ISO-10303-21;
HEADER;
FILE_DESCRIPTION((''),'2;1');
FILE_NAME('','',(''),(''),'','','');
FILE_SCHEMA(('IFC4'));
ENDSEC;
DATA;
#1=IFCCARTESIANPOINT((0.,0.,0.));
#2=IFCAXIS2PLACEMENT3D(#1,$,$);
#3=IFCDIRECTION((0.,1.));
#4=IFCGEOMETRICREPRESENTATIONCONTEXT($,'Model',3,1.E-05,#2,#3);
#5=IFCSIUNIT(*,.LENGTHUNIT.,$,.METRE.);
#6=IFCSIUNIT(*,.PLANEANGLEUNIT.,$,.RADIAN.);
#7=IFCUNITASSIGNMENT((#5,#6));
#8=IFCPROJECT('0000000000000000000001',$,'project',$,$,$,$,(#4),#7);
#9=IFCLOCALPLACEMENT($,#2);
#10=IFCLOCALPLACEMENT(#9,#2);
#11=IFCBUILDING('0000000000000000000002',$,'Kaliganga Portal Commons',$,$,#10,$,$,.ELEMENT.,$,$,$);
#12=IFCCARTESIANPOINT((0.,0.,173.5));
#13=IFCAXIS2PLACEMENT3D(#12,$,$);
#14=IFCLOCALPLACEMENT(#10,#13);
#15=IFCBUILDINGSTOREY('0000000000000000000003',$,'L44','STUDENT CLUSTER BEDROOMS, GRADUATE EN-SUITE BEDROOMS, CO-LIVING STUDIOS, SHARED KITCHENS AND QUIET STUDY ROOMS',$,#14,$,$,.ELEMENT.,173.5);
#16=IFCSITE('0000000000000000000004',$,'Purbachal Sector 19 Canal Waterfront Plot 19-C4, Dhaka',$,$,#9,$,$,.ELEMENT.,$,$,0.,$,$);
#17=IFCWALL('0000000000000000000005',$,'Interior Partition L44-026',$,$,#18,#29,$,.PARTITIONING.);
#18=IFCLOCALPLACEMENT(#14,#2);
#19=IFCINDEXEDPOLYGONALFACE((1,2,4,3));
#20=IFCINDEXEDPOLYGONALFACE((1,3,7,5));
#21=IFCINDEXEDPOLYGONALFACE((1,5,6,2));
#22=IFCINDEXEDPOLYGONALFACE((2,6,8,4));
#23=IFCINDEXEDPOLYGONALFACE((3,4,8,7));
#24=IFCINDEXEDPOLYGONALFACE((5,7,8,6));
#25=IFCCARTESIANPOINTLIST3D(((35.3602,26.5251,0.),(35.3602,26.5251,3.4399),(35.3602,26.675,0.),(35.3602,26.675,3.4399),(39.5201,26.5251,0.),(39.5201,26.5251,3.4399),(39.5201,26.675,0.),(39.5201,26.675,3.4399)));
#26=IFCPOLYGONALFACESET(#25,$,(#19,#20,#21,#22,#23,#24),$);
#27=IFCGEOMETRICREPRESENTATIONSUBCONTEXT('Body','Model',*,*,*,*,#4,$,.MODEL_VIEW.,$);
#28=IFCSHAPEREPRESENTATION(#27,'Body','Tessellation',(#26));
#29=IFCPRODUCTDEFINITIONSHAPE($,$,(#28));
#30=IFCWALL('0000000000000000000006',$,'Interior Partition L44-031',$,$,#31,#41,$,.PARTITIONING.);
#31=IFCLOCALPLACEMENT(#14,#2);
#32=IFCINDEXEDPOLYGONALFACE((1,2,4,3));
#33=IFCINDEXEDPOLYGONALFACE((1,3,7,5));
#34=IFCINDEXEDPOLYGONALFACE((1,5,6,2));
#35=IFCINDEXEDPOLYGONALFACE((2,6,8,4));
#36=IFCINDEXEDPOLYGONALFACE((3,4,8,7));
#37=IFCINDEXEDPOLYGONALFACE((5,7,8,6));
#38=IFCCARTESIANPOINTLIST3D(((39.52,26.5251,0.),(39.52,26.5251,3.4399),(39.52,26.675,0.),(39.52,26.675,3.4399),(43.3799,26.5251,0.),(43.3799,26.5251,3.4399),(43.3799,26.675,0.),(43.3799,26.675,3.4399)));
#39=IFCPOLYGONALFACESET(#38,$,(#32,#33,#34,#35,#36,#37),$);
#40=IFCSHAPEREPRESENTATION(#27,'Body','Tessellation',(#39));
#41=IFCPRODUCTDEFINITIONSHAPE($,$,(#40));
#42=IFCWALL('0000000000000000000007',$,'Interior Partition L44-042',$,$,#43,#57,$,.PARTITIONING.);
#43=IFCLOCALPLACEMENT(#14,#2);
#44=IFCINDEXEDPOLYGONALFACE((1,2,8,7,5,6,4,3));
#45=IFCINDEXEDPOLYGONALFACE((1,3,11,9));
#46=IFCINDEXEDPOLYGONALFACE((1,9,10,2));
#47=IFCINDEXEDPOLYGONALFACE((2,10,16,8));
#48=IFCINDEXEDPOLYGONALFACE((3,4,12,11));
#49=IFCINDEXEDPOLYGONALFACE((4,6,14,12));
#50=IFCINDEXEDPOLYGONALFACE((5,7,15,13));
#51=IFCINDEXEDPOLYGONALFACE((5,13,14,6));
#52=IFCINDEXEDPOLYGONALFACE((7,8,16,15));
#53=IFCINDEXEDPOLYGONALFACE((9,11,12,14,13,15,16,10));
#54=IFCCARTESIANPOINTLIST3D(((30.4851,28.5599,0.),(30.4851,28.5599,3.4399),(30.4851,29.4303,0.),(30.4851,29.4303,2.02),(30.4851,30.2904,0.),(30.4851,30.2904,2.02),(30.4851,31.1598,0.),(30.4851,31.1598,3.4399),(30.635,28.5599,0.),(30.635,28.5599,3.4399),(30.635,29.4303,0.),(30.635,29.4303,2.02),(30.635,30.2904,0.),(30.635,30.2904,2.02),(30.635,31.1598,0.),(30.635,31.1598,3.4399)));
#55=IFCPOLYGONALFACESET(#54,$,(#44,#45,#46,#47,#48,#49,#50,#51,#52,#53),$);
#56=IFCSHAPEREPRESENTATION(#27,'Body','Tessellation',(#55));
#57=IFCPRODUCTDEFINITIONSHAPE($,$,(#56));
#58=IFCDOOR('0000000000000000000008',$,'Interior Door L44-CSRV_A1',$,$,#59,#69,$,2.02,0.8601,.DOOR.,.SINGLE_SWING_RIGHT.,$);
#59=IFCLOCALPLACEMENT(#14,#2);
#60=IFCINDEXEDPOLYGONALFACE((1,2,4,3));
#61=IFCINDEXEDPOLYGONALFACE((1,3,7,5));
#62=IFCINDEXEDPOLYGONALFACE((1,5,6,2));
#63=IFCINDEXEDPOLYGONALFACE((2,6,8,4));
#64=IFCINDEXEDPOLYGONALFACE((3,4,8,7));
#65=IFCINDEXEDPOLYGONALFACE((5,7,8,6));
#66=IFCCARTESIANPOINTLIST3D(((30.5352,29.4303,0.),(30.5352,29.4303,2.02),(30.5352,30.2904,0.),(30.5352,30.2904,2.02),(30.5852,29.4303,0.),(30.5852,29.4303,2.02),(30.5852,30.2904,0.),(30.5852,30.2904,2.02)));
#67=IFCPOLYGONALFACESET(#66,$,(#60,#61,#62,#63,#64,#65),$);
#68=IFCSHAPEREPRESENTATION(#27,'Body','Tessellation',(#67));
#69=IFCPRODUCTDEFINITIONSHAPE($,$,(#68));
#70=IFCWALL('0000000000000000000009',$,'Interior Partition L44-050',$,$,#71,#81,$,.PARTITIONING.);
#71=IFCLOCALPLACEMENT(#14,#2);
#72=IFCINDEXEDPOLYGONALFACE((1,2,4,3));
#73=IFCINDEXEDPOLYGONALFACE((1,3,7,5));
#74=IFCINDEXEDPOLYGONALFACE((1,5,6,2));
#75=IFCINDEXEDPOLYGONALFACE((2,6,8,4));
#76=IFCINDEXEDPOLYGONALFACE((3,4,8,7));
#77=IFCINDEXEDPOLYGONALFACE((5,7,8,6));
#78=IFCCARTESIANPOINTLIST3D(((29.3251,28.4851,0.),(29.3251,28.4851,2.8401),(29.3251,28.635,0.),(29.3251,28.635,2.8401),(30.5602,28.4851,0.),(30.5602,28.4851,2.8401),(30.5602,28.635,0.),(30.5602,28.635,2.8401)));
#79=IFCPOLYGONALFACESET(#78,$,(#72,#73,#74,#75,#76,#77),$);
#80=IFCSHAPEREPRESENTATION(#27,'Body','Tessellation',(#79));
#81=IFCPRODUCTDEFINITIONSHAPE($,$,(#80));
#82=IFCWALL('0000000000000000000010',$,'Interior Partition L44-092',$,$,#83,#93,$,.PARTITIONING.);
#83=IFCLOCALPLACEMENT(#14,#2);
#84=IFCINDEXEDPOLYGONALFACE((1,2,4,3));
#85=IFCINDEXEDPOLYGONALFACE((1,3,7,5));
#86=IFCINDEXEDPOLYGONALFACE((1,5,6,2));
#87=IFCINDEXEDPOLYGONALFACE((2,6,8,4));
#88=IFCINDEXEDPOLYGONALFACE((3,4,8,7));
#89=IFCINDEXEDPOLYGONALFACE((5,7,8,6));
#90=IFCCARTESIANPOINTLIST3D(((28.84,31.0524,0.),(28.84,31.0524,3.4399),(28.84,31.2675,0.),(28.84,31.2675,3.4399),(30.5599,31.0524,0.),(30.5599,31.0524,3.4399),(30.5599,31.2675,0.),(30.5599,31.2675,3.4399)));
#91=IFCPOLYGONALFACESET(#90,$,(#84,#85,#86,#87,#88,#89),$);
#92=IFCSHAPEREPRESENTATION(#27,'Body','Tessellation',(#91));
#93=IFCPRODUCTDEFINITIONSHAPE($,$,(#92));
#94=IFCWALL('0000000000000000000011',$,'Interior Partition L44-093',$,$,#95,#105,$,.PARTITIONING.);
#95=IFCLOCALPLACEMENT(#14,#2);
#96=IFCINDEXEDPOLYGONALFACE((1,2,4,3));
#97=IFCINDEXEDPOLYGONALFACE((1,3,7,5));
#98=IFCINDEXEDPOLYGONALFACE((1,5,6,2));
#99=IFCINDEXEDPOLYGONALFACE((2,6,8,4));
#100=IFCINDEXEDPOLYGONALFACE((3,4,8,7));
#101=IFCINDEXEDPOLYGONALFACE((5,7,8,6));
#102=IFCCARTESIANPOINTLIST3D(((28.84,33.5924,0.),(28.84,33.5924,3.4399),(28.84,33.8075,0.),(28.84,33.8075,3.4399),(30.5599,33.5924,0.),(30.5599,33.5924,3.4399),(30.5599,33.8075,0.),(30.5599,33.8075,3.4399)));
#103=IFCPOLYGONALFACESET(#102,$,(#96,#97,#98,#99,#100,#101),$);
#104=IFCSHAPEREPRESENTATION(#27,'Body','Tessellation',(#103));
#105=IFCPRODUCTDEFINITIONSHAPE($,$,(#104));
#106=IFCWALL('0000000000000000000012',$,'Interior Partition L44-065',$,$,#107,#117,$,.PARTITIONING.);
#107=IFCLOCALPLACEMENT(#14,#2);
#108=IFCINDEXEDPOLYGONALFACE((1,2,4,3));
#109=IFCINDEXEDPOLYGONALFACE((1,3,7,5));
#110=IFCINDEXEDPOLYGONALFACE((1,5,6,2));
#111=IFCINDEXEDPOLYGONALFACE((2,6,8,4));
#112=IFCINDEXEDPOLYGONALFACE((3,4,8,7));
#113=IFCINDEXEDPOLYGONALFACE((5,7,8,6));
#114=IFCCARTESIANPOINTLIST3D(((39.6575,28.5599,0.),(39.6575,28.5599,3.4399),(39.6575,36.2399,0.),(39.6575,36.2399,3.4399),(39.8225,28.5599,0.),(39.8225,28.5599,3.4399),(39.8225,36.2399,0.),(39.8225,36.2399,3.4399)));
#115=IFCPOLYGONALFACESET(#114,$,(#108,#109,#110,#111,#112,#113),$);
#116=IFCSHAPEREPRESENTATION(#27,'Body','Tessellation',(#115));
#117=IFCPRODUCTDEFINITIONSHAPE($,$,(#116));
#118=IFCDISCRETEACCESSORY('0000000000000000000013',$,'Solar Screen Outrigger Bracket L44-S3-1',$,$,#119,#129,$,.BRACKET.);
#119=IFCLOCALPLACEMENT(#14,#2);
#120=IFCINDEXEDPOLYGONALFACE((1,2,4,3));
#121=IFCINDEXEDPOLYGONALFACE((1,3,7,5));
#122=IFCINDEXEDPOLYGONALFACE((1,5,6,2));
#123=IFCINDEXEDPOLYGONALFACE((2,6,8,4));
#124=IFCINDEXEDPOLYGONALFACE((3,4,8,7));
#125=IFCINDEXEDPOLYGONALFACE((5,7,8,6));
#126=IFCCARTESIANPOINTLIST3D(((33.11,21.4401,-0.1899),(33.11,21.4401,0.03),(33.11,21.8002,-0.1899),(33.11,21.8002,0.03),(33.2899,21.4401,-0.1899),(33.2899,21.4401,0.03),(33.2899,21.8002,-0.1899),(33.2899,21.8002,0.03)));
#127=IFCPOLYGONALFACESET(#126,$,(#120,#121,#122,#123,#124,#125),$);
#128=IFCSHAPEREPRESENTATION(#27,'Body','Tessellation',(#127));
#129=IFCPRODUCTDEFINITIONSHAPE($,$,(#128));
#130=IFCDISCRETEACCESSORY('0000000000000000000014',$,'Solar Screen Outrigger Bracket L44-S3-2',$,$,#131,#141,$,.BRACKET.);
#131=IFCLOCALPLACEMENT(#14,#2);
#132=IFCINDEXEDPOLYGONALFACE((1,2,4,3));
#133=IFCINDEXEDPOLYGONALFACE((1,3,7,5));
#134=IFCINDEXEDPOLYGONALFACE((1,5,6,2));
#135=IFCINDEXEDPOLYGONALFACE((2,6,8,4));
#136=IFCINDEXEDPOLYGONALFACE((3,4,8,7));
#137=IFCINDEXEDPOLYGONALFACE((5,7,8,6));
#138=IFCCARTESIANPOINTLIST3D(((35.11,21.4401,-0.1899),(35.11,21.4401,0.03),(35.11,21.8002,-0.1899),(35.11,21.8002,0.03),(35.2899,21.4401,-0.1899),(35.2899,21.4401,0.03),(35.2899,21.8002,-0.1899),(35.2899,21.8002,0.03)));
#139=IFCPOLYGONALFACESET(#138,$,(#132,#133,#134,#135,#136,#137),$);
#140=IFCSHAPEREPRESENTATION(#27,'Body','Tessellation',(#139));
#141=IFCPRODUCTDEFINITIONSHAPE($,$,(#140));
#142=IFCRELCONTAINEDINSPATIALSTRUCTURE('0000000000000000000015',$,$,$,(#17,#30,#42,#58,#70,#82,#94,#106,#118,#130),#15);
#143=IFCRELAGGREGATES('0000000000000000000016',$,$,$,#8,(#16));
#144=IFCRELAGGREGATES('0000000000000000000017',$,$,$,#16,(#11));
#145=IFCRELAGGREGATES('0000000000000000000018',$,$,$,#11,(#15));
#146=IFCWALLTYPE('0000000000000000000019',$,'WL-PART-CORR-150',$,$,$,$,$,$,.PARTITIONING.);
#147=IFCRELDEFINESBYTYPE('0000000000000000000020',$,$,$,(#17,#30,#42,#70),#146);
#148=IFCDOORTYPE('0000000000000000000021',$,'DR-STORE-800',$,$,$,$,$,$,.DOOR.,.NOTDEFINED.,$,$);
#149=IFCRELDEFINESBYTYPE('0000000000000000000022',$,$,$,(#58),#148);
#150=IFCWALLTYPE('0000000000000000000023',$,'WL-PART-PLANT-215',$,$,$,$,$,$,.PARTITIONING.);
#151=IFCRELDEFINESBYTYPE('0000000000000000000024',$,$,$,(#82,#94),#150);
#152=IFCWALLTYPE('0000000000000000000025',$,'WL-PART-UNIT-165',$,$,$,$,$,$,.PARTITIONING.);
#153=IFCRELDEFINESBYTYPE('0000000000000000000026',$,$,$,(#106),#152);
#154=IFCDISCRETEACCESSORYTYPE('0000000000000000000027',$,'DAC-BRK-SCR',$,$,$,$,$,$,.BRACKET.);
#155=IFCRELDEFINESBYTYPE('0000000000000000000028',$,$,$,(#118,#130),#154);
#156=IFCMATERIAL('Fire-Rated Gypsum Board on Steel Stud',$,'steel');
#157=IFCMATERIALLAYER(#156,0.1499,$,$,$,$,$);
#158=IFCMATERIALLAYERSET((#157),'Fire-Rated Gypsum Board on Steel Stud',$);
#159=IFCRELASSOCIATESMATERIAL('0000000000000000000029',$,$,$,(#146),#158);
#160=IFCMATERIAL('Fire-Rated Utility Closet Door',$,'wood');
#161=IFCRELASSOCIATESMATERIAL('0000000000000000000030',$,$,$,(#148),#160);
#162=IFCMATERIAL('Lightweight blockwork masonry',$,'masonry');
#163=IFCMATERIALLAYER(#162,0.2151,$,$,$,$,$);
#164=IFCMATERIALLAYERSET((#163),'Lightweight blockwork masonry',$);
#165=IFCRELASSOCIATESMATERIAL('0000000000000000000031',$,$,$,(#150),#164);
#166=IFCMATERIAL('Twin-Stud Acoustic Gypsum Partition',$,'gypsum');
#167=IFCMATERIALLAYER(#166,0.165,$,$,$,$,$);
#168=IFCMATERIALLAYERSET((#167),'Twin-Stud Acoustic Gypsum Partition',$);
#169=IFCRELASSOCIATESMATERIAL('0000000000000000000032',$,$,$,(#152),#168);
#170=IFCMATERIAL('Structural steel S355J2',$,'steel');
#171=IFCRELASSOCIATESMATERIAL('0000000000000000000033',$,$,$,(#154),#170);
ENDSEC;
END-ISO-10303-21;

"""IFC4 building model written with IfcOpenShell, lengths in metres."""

from ifc_helpers import new_model, si_unit, direction, frame, frame_2d, origin, origin_2d, place, context, subcontext, project, spatial, rectangle, extrude, source, transform, mapped, material, layer, layer_set, type_object, element, fill, save


model = new_model("IFC4")

# Units and contexts
model_context = context("Model", 3, precision=1e-05, world=origin(), true_north=direction((0.0, 1.0)))
body_context = subcontext(model_context, "Body", "Model", "MODEL_VIEW")
ifc_project = project(units=[si_unit("LENGTHUNIT", "METRE"), si_unit("PLANEANGLEUNIT", "RADIAN")], contexts=[model_context])

# Site, building, storey
site_placement = place(None, origin())
site = spatial("IfcSite", under=ifc_project, at=site_placement, Name="Purbachal Sector 19 Canal Waterfront Plot 19-C4, Dhaka", CompositionType="ELEMENT", RefElevation=0.0)
building_placement = place(site_placement, origin())
building = spatial("IfcBuilding", under=site, at=building_placement, Name="Kaliganga Portal Commons", CompositionType="ELEMENT")
storey_placement = place(building_placement, frame((0.0, 0.0, 173.5)))
storey = spatial("IfcBuildingStorey", under=building, at=storey_placement, Name="L44", Description="STUDENT CLUSTER BEDROOMS, GRADUATE EN-SUITE BEDROOMS, CO-LIVING STUDIOS, SHARED KITCHENS AND QUIET STUDY ROOMS", CompositionType="ELEMENT", Elevation=173.5)

# Shared definitions
ifc_material_1 = material(Name="Structural steel S355J2", Category="steel")

# Shared definitions
ifc_material_2 = material(Name="Fire-Rated Gypsum Board on Steel Stud", Category="steel")
ifc_layer_1 = layer(ifc_material_2, 0.1499)
ifc_layer_set_1 = layer_set([ifc_layer_1], Name="Fire-Rated Gypsum Board on Steel Stud")
wall_type_1 = type_object("IfcWallType", Name="WL-PART-CORR-150", PredefinedType="PARTITIONING", material=ifc_layer_set_1)

# Wall
wall_1_placement = place(storey_placement, frame((35.3601, 26.6001, 0.0), z_axis=(0.0, 0.0, 1.0), x_axis=(1.0, 0.0, 0.0)))
element("IfcWall", 1, at=wall_1_placement, inside=storey, type_object=wall_type_1, Name="Interior Partition L44-026", PredefinedType="PARTITIONING", context=body_context, shape_type="SweptSolid", body=[
    extrude(rectangle(XDim=4.1599, YDim=0.1499, at=frame_2d((2.0801, 0.0))), origin(), (0.0, 0.0, 1.0), 3.4399),
])

# Wall
wall_2_placement = place(storey_placement, frame((39.52, 26.6001, 0.0), z_axis=(0.0, 0.0, 1.0), x_axis=(1.0, 0.0, 0.0)))
element("IfcWall", 2, at=wall_2_placement, inside=storey, type_object=wall_type_1, Name="Interior Partition L44-031", PredefinedType="PARTITIONING", context=body_context, shape_type="SweptSolid", body=[
    extrude(rectangle(XDim=3.8599, YDim=0.1499, at=frame_2d((1.9299, 0.0))), origin(), (0.0, 0.0, 1.0), 3.4399),
])

# Wall, opening, door
wall_3_placement = place(storey_placement, frame((30.5601, 28.5601, 0.0), z_axis=(0.0, 0.0, 1.0), x_axis=(0.0, 1.0, 0.0)))
wall_3 = element("IfcWall", 3, at=wall_3_placement, inside=storey, type_object=wall_type_1, Name="Interior Partition L44-042", PredefinedType="PARTITIONING", context=body_context, shape_type="SweptSolid", body=[
    extrude(rectangle(XDim=2.5999, YDim=0.1499, at=frame_2d((1.2998, 0.0))), origin(), (0.0, 0.0, 1.0), 3.4399),
])
opening_1_placement = place(wall_3_placement, frame((0.8701, 0.0, 0.0)))
opening_1 = element("IfcOpeningElement", 4, at=opening_1_placement, cuts=wall_3, PredefinedType="OPENING", context=body_context, shape_type="SweptSolid", body=[
    extrude(rectangle(XDim=0.8601, YDim=2.02, at=frame_2d((0.4302, 1.01))), frame((0.0, 0.085, 0.0), z_axis=(0.0, -1.0, 0.0), x_axis=(1.0, 0.0, 0.0)), (0.0, 0.0, 1.0), 0.1699),
])
ifc_material_3 = material(Name="Fire-Rated Utility Closet Door", Category="wood")
door_type_1 = type_object("IfcDoorType", Name="DR-STORE-800", OperationType="NOTDEFINED", PredefinedType="DOOR", material=ifc_material_3)
door_1_placement = place(opening_1_placement, origin())
door_1 = element("IfcDoor", 5, at=door_1_placement, inside=storey, type_object=door_type_1, Name="Interior Door L44-CSRV_A1", OperationType="SINGLE_SWING_RIGHT", OverallHeight=2.02, OverallWidth=0.8601, PredefinedType="DOOR", context=body_context, shape_type="SweptSolid", body=[
    extrude(rectangle(XDim=0.8601, YDim=2.02, at=frame_2d((0.4302, 1.01))), frame((0.0, 0.0249, 0.0), z_axis=(0.0, -1.0, 0.0), x_axis=(1.0, 0.0, 0.0)), (0.0, 0.0, 1.0), 0.05),
])
fill(opening_1, door_1)

# Wall
wall_4_placement = place(storey_placement, frame((29.325, 28.5601, 0.0), z_axis=(0.0, 0.0, 1.0), x_axis=(1.0, 0.0, 0.0)))
element("IfcWall", 6, at=wall_4_placement, inside=storey, type_object=wall_type_1, Name="Interior Partition L44-050", PredefinedType="PARTITIONING", context=body_context, shape_type="SweptSolid", body=[
    extrude(rectangle(XDim=1.2351, YDim=0.1499, at=frame_2d((0.6177, 0.0))), origin(), (0.0, 0.0, 1.0), 2.8401),
])

# Shared definitions
ifc_material_4 = material(Name="Lightweight blockwork masonry", Category="masonry")
ifc_layer_2 = layer(ifc_material_4, 0.2151)
ifc_layer_set_2 = layer_set([ifc_layer_2], Name="Lightweight blockwork masonry")
wall_type_2 = type_object("IfcWallType", Name="WL-PART-PLANT-215", PredefinedType="PARTITIONING", material=ifc_layer_set_2)

# Walls
for number, where, z_axis, x_axis, name in (
    (7, (28.8401, 31.1599, 0.0), (0.0, 0.0, 1.0), (1.0, 0.0, 0.0), "Interior Partition L44-092"),
    (8, (28.8401, 33.7, 0.0), (0.0, 0.0, 1.0), (1.0, 0.0, 0.0), "Interior Partition L44-093"),
):
    element("IfcWall", number, at=place(storey_placement, frame(where, z_axis=z_axis, x_axis=x_axis)), inside=storey, type_object=wall_type_2, Name=name, PredefinedType="PARTITIONING", context=body_context, shape_type="SweptSolid", body=[
        extrude(rectangle(XDim=1.72, YDim=0.2151, at=frame_2d((0.8599, 0.0))), origin(), (0.0, 0.0, 1.0), 3.4399),
    ])
ifc_material_5 = material(Name="Twin-Stud Acoustic Gypsum Partition", Category="gypsum")
ifc_layer_3 = layer(ifc_material_5, 0.165)
ifc_layer_set_3 = layer_set([ifc_layer_3], Name="Twin-Stud Acoustic Gypsum Partition")
wall_type_3 = type_object("IfcWallType", Name="WL-PART-UNIT-165", PredefinedType="PARTITIONING", material=ifc_layer_set_3)
wall_5_placement = place(storey_placement, frame((39.74, 28.5601, 0.0), z_axis=(0.0, 0.0, 1.0), x_axis=(0.0, 1.0, 0.0)))
element("IfcWall", 9, at=wall_5_placement, inside=storey, type_object=wall_type_3, Name="Interior Partition L44-065", PredefinedType="PARTITIONING", context=body_context, shape_type="SweptSolid", body=[
    extrude(rectangle(XDim=7.6799, YDim=0.165, at=frame_2d((3.8398, 0.0))), origin(), (0.0, 0.0, 1.0), 3.4399),
])

# Discrete accessories
discrete_accessory_type = type_object("IfcDiscreteAccessoryType", Name="DAC-BRK-SCR", PredefinedType="BRACKET", material=ifc_material_1)
shared_shape_1 = source(origin(), body_context, "Body", "SweptSolid", [
    extrude(rectangle(XDim=0.1799, YDim=0.3601, at=origin_2d()), origin(), (0.0, 0.0, 1.0), 0.22),
])
for number, where, z_axis, x_axis, name in (
    (10, (33.2, 21.6201, -0.1899), (0.0, 0.0, 1.0), (1.0, 0.0, 0.0), "Solar Screen Outrigger Bracket L44-S3-1"),
    (11, (35.2, 21.6201, -0.1899), (0.0, 0.0, 1.0), (1.0, 0.0, 0.0), "Solar Screen Outrigger Bracket L44-S3-2"),
):
    element("IfcDiscreteAccessory", number, at=place(storey_placement, frame(where, z_axis=z_axis, x_axis=x_axis)), inside=storey, type_object=discrete_accessory_type, Name=name, PredefinedType="BRACKET", context=body_context, shape_type="MappedRepresentation", body=[
        mapped(shared_shape_1, transform((0.0, 0.0, 0.0), x_axis=(1.0, 0.0, 0.0), y_axis=(0.0, 1.0, 0.0), z_axis=(0.0, 0.0, 1.0), scale=1.0)),
    ])

save(model, "model.ifc")
